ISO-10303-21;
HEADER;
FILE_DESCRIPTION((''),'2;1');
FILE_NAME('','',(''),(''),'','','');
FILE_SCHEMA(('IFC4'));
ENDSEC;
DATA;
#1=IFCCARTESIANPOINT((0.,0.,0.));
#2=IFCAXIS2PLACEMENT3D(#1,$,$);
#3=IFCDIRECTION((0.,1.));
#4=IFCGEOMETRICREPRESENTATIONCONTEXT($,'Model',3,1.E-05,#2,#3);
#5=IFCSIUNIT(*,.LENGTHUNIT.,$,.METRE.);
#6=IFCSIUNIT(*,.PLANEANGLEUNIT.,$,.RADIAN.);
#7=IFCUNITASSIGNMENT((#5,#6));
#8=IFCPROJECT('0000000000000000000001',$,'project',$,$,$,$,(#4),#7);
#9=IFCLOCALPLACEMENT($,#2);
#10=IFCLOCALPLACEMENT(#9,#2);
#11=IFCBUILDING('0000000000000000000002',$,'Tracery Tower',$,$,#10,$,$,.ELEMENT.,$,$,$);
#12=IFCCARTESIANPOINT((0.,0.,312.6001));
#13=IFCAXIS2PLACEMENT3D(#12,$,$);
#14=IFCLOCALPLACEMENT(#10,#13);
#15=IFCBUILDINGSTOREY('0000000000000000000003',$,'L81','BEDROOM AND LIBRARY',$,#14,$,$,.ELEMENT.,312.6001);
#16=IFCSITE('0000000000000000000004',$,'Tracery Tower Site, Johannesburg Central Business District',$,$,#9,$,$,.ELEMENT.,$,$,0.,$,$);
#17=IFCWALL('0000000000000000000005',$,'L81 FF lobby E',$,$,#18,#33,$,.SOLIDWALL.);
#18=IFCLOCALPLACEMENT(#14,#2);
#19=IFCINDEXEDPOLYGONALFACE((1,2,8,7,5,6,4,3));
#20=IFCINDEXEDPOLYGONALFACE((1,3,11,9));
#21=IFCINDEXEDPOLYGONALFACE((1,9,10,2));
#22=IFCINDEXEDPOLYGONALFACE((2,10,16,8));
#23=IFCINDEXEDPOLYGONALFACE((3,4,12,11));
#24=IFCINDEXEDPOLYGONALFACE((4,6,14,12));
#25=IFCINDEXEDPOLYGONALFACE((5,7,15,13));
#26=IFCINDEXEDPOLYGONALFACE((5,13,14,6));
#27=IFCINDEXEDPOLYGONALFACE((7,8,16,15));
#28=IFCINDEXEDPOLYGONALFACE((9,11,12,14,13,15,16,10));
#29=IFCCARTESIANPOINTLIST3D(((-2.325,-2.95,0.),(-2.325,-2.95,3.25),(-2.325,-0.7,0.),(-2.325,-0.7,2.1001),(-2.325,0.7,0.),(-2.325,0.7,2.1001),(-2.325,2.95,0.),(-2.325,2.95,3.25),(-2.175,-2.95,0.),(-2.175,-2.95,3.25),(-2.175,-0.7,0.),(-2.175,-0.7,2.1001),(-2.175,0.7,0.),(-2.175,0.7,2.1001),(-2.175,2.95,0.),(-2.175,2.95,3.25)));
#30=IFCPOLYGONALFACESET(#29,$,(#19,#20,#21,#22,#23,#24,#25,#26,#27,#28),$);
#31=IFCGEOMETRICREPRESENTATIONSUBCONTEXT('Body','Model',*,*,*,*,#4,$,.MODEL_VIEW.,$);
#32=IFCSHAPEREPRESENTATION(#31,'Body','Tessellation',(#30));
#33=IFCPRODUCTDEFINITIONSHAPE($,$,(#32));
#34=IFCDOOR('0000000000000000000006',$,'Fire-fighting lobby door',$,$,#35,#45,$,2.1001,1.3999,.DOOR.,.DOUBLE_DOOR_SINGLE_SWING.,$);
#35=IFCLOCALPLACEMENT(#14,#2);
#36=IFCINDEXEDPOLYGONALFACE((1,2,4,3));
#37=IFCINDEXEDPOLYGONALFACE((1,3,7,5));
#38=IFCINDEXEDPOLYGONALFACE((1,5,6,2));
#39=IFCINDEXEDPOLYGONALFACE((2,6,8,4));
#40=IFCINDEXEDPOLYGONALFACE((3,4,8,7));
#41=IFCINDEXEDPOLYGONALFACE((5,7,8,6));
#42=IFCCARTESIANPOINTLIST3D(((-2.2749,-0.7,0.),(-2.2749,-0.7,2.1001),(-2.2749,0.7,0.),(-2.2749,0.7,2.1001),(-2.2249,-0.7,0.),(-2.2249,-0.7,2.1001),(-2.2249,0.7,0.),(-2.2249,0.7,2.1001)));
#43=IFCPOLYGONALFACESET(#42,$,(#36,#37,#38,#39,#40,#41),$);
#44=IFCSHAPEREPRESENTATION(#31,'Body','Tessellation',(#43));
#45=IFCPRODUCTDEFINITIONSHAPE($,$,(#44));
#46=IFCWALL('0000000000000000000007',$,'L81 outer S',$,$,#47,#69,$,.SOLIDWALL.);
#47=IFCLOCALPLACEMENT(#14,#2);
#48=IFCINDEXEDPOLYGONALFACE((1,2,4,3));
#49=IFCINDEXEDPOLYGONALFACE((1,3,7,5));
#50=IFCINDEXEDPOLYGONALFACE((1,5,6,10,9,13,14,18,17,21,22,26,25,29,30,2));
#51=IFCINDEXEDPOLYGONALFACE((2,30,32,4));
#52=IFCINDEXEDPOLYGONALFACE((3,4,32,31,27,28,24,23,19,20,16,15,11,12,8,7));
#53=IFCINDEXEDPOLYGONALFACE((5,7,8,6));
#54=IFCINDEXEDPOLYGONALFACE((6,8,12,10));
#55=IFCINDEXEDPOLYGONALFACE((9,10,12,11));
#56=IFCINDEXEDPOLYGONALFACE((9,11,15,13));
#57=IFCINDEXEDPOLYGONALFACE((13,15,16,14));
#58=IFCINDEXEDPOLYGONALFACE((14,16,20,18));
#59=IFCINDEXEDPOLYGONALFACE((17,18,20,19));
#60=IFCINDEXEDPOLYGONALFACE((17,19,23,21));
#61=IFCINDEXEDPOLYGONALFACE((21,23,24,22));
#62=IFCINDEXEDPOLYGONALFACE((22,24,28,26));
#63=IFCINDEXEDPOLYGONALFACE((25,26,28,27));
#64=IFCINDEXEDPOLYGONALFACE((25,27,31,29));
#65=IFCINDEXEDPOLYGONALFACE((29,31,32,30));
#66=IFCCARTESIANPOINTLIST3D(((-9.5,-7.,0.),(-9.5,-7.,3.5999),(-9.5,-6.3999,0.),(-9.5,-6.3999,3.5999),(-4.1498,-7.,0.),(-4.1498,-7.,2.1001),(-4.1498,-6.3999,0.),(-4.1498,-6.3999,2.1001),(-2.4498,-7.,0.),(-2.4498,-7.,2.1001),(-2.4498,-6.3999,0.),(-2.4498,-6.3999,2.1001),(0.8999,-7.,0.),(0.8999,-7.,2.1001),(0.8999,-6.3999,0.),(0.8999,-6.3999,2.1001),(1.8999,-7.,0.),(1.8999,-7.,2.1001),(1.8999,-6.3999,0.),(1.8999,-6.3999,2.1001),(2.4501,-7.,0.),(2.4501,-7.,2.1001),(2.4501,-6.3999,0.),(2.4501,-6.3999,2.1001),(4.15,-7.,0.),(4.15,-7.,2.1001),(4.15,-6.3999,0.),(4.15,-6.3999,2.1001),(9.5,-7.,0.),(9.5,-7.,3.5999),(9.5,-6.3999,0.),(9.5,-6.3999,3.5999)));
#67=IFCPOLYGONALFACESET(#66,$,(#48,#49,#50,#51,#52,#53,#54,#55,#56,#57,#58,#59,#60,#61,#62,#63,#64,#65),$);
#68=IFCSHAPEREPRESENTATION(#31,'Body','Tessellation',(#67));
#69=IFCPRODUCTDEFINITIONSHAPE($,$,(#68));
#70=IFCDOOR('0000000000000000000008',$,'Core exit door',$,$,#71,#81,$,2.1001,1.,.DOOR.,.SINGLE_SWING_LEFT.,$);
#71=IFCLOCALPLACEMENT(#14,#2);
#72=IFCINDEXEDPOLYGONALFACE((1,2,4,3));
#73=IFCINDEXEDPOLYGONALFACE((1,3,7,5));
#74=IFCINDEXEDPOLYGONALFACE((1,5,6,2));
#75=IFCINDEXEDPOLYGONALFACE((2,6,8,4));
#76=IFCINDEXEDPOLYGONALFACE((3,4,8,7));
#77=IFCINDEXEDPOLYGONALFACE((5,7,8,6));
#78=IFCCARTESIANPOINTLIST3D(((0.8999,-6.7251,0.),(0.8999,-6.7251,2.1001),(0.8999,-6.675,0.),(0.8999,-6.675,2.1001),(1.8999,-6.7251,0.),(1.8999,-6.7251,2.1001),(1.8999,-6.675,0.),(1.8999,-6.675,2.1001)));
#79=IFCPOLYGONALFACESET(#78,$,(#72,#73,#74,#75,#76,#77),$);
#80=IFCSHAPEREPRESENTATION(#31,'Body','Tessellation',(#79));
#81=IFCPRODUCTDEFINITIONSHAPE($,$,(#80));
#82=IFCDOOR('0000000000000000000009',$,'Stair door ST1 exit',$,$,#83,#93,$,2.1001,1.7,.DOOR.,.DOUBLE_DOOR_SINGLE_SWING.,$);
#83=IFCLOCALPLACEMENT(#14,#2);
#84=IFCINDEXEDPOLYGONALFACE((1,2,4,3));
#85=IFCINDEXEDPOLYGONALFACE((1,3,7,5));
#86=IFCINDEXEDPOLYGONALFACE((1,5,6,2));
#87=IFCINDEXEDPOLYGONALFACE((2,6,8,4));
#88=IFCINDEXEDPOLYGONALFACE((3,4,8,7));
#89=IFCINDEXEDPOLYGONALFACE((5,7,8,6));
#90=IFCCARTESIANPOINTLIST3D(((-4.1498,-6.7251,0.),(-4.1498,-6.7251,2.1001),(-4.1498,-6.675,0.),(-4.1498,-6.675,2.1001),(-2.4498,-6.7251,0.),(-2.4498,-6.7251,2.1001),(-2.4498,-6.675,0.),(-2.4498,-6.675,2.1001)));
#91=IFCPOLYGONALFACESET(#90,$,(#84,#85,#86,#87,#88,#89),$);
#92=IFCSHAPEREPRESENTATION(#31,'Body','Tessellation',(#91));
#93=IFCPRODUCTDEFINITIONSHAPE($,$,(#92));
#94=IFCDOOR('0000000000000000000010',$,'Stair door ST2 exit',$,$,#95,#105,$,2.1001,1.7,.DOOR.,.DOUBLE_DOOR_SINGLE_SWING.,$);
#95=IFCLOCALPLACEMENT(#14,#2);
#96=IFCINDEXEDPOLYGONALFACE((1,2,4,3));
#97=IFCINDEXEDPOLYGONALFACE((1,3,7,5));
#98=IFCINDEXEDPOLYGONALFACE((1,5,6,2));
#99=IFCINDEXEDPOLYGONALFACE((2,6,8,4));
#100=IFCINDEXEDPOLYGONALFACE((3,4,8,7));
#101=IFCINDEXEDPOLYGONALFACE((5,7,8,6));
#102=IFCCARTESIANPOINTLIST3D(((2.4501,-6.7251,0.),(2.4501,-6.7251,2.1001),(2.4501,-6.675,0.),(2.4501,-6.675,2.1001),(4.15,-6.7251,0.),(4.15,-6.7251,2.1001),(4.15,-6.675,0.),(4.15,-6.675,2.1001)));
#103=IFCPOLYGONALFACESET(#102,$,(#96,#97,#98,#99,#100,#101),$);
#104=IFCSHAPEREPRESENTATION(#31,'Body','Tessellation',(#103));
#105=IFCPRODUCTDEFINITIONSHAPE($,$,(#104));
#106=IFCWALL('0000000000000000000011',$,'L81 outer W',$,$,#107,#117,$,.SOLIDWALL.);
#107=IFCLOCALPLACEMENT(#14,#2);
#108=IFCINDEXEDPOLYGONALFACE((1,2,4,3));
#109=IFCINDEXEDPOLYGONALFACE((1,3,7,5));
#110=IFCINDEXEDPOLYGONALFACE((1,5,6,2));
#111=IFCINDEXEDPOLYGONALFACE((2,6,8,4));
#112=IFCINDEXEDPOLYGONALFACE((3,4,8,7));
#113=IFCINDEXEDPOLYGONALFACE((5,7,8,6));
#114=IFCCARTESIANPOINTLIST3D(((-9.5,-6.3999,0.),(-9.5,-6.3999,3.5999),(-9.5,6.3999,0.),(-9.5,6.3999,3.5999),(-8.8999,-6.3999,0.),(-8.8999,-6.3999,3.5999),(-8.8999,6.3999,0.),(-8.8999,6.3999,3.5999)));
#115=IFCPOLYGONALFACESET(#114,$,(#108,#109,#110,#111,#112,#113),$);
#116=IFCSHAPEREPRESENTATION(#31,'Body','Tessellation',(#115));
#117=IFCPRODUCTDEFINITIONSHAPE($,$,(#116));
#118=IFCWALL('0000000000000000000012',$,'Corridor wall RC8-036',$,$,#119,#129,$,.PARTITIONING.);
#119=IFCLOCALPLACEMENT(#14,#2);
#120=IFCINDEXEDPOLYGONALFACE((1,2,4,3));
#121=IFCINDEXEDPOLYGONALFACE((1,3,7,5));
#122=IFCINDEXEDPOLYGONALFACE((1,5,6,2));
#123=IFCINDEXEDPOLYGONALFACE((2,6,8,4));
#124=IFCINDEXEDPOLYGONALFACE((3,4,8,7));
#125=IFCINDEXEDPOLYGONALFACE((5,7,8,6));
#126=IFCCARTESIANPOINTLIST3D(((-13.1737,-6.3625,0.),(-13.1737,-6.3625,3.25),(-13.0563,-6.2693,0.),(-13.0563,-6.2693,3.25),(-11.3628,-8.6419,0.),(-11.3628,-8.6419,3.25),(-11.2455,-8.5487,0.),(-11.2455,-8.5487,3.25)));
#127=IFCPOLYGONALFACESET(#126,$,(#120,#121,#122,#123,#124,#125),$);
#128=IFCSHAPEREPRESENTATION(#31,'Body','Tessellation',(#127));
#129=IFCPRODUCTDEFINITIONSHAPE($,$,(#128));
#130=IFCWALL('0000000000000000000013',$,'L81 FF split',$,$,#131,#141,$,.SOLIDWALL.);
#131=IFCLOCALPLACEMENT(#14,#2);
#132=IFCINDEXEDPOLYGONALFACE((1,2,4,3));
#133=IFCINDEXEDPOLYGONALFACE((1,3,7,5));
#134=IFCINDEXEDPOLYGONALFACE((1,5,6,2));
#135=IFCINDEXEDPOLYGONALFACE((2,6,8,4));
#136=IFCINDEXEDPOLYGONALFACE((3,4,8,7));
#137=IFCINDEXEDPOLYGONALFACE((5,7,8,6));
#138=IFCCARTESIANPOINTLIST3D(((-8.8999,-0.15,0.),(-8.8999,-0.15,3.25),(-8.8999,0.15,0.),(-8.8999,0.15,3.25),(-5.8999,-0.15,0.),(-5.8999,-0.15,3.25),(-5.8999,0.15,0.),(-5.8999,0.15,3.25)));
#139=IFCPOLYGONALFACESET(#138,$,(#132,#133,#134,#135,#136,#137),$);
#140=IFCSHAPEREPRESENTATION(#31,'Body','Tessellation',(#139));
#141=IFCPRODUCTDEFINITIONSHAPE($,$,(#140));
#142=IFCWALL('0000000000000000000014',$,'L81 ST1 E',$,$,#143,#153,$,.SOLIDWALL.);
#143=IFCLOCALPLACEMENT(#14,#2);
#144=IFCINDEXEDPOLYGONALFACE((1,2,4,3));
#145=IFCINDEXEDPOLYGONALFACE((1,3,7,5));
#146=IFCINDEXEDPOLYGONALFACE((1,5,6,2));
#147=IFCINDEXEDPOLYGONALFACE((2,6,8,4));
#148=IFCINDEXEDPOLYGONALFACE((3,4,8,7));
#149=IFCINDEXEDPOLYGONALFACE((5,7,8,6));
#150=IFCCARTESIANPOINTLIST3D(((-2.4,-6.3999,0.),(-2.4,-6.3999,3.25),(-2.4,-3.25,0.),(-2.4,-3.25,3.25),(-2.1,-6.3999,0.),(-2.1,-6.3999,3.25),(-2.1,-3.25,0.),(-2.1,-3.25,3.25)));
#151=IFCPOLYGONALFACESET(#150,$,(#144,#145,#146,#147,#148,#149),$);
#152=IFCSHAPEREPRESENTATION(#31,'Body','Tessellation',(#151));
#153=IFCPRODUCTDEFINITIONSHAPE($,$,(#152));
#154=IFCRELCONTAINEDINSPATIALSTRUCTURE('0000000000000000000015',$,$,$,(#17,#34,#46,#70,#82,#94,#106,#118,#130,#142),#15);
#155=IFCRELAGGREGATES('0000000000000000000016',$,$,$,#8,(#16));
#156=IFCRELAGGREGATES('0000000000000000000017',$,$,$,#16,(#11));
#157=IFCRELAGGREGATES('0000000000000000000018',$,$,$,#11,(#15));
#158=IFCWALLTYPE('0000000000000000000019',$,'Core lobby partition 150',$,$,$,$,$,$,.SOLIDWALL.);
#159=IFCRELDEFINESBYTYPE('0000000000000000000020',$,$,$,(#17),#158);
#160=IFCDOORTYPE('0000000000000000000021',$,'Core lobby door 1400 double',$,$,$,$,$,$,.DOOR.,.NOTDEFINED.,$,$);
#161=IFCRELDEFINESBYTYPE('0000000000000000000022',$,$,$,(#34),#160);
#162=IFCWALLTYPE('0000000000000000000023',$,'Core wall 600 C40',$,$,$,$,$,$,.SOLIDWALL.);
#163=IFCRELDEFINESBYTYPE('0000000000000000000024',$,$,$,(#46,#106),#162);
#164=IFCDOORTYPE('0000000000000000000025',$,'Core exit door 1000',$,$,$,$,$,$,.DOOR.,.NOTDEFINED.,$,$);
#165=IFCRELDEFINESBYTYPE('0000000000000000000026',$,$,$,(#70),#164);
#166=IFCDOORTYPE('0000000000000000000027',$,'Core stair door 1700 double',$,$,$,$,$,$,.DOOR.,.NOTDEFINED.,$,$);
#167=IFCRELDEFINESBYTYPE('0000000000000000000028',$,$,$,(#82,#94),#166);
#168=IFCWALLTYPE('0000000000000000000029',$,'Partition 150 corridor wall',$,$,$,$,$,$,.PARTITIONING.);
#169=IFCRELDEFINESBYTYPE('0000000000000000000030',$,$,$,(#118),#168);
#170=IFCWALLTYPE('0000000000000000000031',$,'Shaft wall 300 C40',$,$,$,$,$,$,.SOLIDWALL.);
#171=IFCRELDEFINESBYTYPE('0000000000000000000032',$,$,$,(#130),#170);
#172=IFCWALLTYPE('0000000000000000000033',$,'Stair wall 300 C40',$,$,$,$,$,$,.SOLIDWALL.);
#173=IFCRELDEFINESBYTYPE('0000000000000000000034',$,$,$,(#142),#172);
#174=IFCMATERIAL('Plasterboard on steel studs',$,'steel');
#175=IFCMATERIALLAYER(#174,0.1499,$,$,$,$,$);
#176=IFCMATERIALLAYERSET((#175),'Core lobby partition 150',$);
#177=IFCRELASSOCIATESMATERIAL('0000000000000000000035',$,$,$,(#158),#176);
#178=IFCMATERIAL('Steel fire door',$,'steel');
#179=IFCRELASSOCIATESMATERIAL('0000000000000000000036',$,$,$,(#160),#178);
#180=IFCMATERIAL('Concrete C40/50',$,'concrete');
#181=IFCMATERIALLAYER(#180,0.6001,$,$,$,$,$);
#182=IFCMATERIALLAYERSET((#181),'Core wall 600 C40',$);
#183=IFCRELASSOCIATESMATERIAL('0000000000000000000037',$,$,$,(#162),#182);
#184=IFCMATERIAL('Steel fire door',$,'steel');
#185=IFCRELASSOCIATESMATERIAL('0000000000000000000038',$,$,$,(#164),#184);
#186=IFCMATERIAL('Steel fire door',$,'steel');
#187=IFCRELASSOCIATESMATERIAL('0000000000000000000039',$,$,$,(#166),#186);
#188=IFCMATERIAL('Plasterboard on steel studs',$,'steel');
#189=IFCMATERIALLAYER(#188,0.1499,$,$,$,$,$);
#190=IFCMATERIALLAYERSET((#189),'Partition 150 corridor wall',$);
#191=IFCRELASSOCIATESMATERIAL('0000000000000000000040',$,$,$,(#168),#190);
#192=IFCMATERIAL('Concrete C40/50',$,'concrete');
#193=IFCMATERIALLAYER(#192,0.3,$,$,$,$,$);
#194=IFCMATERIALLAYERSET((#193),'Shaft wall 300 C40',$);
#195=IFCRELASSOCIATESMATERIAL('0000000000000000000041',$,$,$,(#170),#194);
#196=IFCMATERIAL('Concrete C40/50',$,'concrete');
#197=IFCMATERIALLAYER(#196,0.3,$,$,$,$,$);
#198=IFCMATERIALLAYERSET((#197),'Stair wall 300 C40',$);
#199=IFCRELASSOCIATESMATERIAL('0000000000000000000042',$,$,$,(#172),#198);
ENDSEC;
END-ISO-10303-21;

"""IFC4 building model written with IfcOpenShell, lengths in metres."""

from ifc_helpers import new_model, si_unit, direction, frame, frame_2d, origin, place, context, subcontext, project, spatial, rectangle, extrude, material, layer, layer_set, type_object, element, fill, save


model = new_model("IFC4")

# Units and contexts
model_context = context("Model", 3, precision=1e-05, world=origin(), true_north=direction((0.0, 1.0)))
body_context = subcontext(model_context, "Body", "Model", "MODEL_VIEW")
ifc_project = project(units=[si_unit("LENGTHUNIT", "METRE"), si_unit("PLANEANGLEUNIT", "RADIAN")], contexts=[model_context])

# Site, building, storey
site_placement = place(None, origin())
site = spatial("IfcSite", under=ifc_project, at=site_placement, Name="Tracery Tower Site, Johannesburg Central Business District", CompositionType="ELEMENT", RefElevation=0.0)
building_placement = place(site_placement, origin())
building = spatial("IfcBuilding", under=site, at=building_placement, Name="Tracery Tower", CompositionType="ELEMENT")
storey_placement = place(building_placement, frame((0.0, 0.0, 312.6001)))
storey = spatial("IfcBuildingStorey", under=building, at=storey_placement, Name="L81", Description="BEDROOM AND LIBRARY", CompositionType="ELEMENT", Elevation=312.6001)

# Wall, opening, door
ifc_material_1 = material(Name="Plasterboard on steel studs", Category="steel")
ifc_layer_1 = layer(ifc_material_1, 0.1499)
ifc_layer_set_1 = layer_set([ifc_layer_1], Name="Core lobby partition 150")
wall_type_1 = type_object("IfcWallType", Name="Core lobby partition 150", PredefinedType="SOLIDWALL", material=ifc_layer_set_1)
wall_1_placement = place(storey_placement, frame((-2.25, -2.95, 0.0), z_axis=(0.0, 0.0, 1.0), x_axis=(0.0, 1.0, 0.0)))
wall_1 = element("IfcWall", 1, at=wall_1_placement, inside=storey, type_object=wall_type_1, Name="L81 FF lobby E", PredefinedType="SOLIDWALL", context=body_context, shape_type="SweptSolid", body=[
    extrude(rectangle(XDim=5.8999, YDim=0.1499, at=frame_2d((2.95, 0.0))), origin(), (0.0, 0.0, 1.0), 3.25),
])
opening_1_placement = place(wall_1_placement, frame((2.25, 0.0, 0.0)))
opening_1 = element("IfcOpeningElement", 2, at=opening_1_placement, cuts=wall_1, PredefinedType="OPENING", context=body_context, shape_type="SweptSolid", body=[
    extrude(rectangle(XDim=1.3999, YDim=2.1001, at=frame_2d((0.7, 1.05))), frame((0.0, 0.075, 0.0), z_axis=(0.0, -1.0, 0.0), x_axis=(1.0, 0.0, 0.0)), (0.0, 0.0, 1.0), 0.1499),
])
ifc_material_2 = material(Name="Steel fire door", Category="steel")
door_type_1 = type_object("IfcDoorType", Name="Core lobby door 1400 double", OperationType="NOTDEFINED", PredefinedType="DOOR", material=ifc_material_2)
door_1_placement = place(opening_1_placement, origin())
door_1 = element("IfcDoor", 3, at=door_1_placement, inside=storey, type_object=door_type_1, Name="Fire-fighting lobby door", OperationType="DOUBLE_DOOR_SINGLE_SWING", OverallHeight=2.1001, OverallWidth=1.3999, PredefinedType="DOOR", context=body_context, shape_type="SweptSolid", body=[
    extrude(rectangle(XDim=1.3999, YDim=2.1001, at=frame_2d((0.7, 1.05))), frame((0.0, 0.0249, 0.0), z_axis=(0.0, -1.0, 0.0), x_axis=(1.0, 0.0, 0.0)), (0.0, 0.0, 1.0), 0.05),
])
fill(opening_1, door_1)

# Wall, openings, doors
ifc_material_3 = material(Name="Concrete C40/50", Category="concrete")
ifc_layer_2 = layer(ifc_material_3, 0.6001)
ifc_layer_set_2 = layer_set([ifc_layer_2], Name="Core wall 600 C40")
wall_type_2 = type_object("IfcWallType", Name="Core wall 600 C40", PredefinedType="SOLIDWALL", material=ifc_layer_set_2)
wall_2_placement = place(storey_placement, frame((-9.5, -6.7, 0.0), z_axis=(0.0, 0.0, 1.0), x_axis=(1.0, 0.0, 0.0)))
wall_2 = element("IfcWall", 4, at=wall_2_placement, inside=storey, type_object=wall_type_2, Name="L81 outer S", PredefinedType="SOLIDWALL", context=body_context, shape_type="SweptSolid", body=[
    extrude(rectangle(XDim=19.0, YDim=0.6001, at=frame_2d((9.5, 0.0))), origin(), (0.0, 0.0, 1.0), 3.5999),
])
opening_2_placement = place(wall_2_placement, frame((10.3999, 0.0, 0.0)))
opening_2 = element("IfcOpeningElement", 5, at=opening_2_placement, cuts=wall_2, PredefinedType="OPENING", context=body_context, shape_type="SweptSolid", body=[
    extrude(rectangle(XDim=1.0, YDim=2.1001, at=frame_2d((0.5, 1.05))), frame((0.0, 0.3, 0.0), z_axis=(0.0, -1.0, 0.0), x_axis=(1.0, 0.0, 0.0)), (0.0, 0.0, 1.0), 0.6001),
])
opening_3_placement = place(wall_2_placement, frame((5.3501, 0.0, 0.0)))
opening_3 = element("IfcOpeningElement", 6, at=opening_3_placement, cuts=wall_2, PredefinedType="OPENING", context=body_context, shape_type="SweptSolid", body=[
    extrude(rectangle(XDim=1.7, YDim=2.1001, at=frame_2d((0.8501, 1.05))), frame((0.0, 0.3, 0.0), z_axis=(0.0, -1.0, 0.0), x_axis=(1.0, 0.0, 0.0)), (0.0, 0.0, 1.0), 0.6001),
])
opening_4_placement = place(wall_2_placement, frame((11.95, 0.0, 0.0)))
opening_4 = element("IfcOpeningElement", 7, at=opening_4_placement, cuts=wall_2, PredefinedType="OPENING", context=body_context, shape_type="SweptSolid", body=[
    extrude(rectangle(XDim=1.7, YDim=2.1001, at=frame_2d((0.8501, 1.05))), frame((0.0, 0.3, 0.0), z_axis=(0.0, -1.0, 0.0), x_axis=(1.0, 0.0, 0.0)), (0.0, 0.0, 1.0), 0.6001),
])
ifc_material_4 = material(Name="Steel fire door", Category="steel")
door_type_2 = type_object("IfcDoorType", Name="Core exit door 1000", OperationType="NOTDEFINED", PredefinedType="DOOR", material=ifc_material_4)
door_2_placement = place(opening_2_placement, origin())
door_2 = element("IfcDoor", 8, at=door_2_placement, inside=storey, type_object=door_type_2, Name="Core exit door", OperationType="SINGLE_SWING_LEFT", OverallHeight=2.1001, OverallWidth=1.0, PredefinedType="DOOR", context=body_context, shape_type="SweptSolid", body=[
    extrude(rectangle(XDim=1.0, YDim=2.1001, at=frame_2d((0.5, 1.05))), frame((0.0, 0.0249, 0.0), z_axis=(0.0, -1.0, 0.0), x_axis=(1.0, 0.0, 0.0)), (0.0, 0.0, 1.0), 0.05),
])
fill(opening_2, door_2)
ifc_material_5 = material(Name="Steel fire door", Category="steel")
door_type_3 = type_object("IfcDoorType", Name="Core stair door 1700 double", OperationType="NOTDEFINED", PredefinedType="DOOR", material=ifc_material_5)
door_3_placement = place(opening_3_placement, origin())
door_3 = element("IfcDoor", 9, at=door_3_placement, inside=storey, type_object=door_type_3, Name="Stair door ST1 exit", OperationType="DOUBLE_DOOR_SINGLE_SWING", OverallHeight=2.1001, OverallWidth=1.7, PredefinedType="DOOR", context=body_context, shape_type="SweptSolid", body=[
    extrude(rectangle(XDim=1.7, YDim=2.1001, at=frame_2d((0.8501, 1.05))), frame((0.0, 0.0249, 0.0), z_axis=(0.0, -1.0, 0.0), x_axis=(1.0, 0.0, 0.0)), (0.0, 0.0, 1.0), 0.05),
])
fill(opening_3, door_3)
door_4_placement = place(opening_4_placement, origin())
door_4 = element("IfcDoor", 10, at=door_4_placement, inside=storey, type_object=door_type_3, Name="Stair door ST2 exit", OperationType="DOUBLE_DOOR_SINGLE_SWING", OverallHeight=2.1001, OverallWidth=1.7, PredefinedType="DOOR", context=body_context, shape_type="SweptSolid", body=[
    extrude(rectangle(XDim=1.7, YDim=2.1001, at=frame_2d((0.8501, 1.05))), frame((0.0, 0.0249, 0.0), z_axis=(0.0, -1.0, 0.0), x_axis=(1.0, 0.0, 0.0)), (0.0, 0.0, 1.0), 0.05),
])
fill(opening_4, door_4)

# Walls
wall_3_placement = place(storey_placement, frame((-9.2, -6.3999, 0.0), z_axis=(0.0, 0.0, 1.0), x_axis=(0.0, 1.0, 0.0)))
element("IfcWall", 11, at=wall_3_placement, inside=storey, type_object=wall_type_2, Name="L81 outer W", PredefinedType="SOLIDWALL", context=body_context, shape_type="SweptSolid", body=[
    extrude(rectangle(XDim=12.7998, YDim=0.6001, at=frame_2d((6.3999, 0.0))), origin(), (0.0, 0.0, 1.0), 3.5999),
])
ifc_material_6 = material(Name="Plasterboard on steel studs", Category="steel")
ifc_layer_3 = layer(ifc_material_6, 0.1499)
ifc_layer_set_3 = layer_set([ifc_layer_3], Name="Partition 150 corridor wall")
wall_type_3 = type_object("IfcWallType", Name="Partition 150 corridor wall", PredefinedType="PARTITIONING", material=ifc_layer_set_3)
wall_4_placement = place(storey_placement, frame((-13.115, -6.3159, 0.0), z_axis=(0.0, 0.0, 1.0), x_axis=(0.622042, -0.782983, 0.0)))
element("IfcWall", 12, at=wall_4_placement, inside=storey, type_object=wall_type_3, Name="Corridor wall RC8-036", PredefinedType="PARTITIONING", context=body_context, shape_type="SweptSolid", body=[
    extrude(rectangle(XDim=2.9111, YDim=0.1499, at=frame_2d((1.4556, 0.0))), origin(), (0.0, 0.0, 1.0), 3.25),
])
ifc_material_7 = material(Name="Concrete C40/50", Category="concrete")
ifc_layer_4 = layer(ifc_material_7, 0.3)
ifc_layer_set_4 = layer_set([ifc_layer_4], Name="Shaft wall 300 C40")
wall_type_4 = type_object("IfcWallType", Name="Shaft wall 300 C40", PredefinedType="SOLIDWALL", material=ifc_layer_set_4)
wall_5_placement = place(storey_placement, frame((-8.8999, 0.0, 0.0), z_axis=(0.0, 0.0, 1.0), x_axis=(1.0, 0.0, 0.0)))
element("IfcWall", 13, at=wall_5_placement, inside=storey, type_object=wall_type_4, Name="L81 FF split", PredefinedType="SOLIDWALL", context=body_context, shape_type="SweptSolid", body=[
    extrude(rectangle(XDim=3.0, YDim=0.3, at=frame_2d((1.5, 0.0))), origin(), (0.0, 0.0, 1.0), 3.25),
])

# Shared definitions
ifc_material_8 = material(Name="Concrete C40/50", Category="concrete")
ifc_layer_5 = layer(ifc_material_8, 0.3)
ifc_layer_set_5 = layer_set([ifc_layer_5], Name="Stair wall 300 C40")
wall_type_5 = type_object("IfcWallType", Name="Stair wall 300 C40", PredefinedType="SOLIDWALL", material=ifc_layer_set_5)

# Wall
wall_6_placement = place(storey_placement, frame((-2.25, -6.3999, 0.0), z_axis=(0.0, 0.0, 1.0), x_axis=(0.0, 1.0, 0.0)))
element("IfcWall", 14, at=wall_6_placement, inside=storey, type_object=wall_type_5, Name="L81 ST1 E", PredefinedType="SOLIDWALL", context=body_context, shape_type="SweptSolid", body=[
    extrude(rectangle(XDim=3.1499, YDim=0.3, at=frame_2d((1.575, 0.0))), origin(), (0.0, 0.0, 1.0), 3.25),
])

save(model, "model.ifc")
